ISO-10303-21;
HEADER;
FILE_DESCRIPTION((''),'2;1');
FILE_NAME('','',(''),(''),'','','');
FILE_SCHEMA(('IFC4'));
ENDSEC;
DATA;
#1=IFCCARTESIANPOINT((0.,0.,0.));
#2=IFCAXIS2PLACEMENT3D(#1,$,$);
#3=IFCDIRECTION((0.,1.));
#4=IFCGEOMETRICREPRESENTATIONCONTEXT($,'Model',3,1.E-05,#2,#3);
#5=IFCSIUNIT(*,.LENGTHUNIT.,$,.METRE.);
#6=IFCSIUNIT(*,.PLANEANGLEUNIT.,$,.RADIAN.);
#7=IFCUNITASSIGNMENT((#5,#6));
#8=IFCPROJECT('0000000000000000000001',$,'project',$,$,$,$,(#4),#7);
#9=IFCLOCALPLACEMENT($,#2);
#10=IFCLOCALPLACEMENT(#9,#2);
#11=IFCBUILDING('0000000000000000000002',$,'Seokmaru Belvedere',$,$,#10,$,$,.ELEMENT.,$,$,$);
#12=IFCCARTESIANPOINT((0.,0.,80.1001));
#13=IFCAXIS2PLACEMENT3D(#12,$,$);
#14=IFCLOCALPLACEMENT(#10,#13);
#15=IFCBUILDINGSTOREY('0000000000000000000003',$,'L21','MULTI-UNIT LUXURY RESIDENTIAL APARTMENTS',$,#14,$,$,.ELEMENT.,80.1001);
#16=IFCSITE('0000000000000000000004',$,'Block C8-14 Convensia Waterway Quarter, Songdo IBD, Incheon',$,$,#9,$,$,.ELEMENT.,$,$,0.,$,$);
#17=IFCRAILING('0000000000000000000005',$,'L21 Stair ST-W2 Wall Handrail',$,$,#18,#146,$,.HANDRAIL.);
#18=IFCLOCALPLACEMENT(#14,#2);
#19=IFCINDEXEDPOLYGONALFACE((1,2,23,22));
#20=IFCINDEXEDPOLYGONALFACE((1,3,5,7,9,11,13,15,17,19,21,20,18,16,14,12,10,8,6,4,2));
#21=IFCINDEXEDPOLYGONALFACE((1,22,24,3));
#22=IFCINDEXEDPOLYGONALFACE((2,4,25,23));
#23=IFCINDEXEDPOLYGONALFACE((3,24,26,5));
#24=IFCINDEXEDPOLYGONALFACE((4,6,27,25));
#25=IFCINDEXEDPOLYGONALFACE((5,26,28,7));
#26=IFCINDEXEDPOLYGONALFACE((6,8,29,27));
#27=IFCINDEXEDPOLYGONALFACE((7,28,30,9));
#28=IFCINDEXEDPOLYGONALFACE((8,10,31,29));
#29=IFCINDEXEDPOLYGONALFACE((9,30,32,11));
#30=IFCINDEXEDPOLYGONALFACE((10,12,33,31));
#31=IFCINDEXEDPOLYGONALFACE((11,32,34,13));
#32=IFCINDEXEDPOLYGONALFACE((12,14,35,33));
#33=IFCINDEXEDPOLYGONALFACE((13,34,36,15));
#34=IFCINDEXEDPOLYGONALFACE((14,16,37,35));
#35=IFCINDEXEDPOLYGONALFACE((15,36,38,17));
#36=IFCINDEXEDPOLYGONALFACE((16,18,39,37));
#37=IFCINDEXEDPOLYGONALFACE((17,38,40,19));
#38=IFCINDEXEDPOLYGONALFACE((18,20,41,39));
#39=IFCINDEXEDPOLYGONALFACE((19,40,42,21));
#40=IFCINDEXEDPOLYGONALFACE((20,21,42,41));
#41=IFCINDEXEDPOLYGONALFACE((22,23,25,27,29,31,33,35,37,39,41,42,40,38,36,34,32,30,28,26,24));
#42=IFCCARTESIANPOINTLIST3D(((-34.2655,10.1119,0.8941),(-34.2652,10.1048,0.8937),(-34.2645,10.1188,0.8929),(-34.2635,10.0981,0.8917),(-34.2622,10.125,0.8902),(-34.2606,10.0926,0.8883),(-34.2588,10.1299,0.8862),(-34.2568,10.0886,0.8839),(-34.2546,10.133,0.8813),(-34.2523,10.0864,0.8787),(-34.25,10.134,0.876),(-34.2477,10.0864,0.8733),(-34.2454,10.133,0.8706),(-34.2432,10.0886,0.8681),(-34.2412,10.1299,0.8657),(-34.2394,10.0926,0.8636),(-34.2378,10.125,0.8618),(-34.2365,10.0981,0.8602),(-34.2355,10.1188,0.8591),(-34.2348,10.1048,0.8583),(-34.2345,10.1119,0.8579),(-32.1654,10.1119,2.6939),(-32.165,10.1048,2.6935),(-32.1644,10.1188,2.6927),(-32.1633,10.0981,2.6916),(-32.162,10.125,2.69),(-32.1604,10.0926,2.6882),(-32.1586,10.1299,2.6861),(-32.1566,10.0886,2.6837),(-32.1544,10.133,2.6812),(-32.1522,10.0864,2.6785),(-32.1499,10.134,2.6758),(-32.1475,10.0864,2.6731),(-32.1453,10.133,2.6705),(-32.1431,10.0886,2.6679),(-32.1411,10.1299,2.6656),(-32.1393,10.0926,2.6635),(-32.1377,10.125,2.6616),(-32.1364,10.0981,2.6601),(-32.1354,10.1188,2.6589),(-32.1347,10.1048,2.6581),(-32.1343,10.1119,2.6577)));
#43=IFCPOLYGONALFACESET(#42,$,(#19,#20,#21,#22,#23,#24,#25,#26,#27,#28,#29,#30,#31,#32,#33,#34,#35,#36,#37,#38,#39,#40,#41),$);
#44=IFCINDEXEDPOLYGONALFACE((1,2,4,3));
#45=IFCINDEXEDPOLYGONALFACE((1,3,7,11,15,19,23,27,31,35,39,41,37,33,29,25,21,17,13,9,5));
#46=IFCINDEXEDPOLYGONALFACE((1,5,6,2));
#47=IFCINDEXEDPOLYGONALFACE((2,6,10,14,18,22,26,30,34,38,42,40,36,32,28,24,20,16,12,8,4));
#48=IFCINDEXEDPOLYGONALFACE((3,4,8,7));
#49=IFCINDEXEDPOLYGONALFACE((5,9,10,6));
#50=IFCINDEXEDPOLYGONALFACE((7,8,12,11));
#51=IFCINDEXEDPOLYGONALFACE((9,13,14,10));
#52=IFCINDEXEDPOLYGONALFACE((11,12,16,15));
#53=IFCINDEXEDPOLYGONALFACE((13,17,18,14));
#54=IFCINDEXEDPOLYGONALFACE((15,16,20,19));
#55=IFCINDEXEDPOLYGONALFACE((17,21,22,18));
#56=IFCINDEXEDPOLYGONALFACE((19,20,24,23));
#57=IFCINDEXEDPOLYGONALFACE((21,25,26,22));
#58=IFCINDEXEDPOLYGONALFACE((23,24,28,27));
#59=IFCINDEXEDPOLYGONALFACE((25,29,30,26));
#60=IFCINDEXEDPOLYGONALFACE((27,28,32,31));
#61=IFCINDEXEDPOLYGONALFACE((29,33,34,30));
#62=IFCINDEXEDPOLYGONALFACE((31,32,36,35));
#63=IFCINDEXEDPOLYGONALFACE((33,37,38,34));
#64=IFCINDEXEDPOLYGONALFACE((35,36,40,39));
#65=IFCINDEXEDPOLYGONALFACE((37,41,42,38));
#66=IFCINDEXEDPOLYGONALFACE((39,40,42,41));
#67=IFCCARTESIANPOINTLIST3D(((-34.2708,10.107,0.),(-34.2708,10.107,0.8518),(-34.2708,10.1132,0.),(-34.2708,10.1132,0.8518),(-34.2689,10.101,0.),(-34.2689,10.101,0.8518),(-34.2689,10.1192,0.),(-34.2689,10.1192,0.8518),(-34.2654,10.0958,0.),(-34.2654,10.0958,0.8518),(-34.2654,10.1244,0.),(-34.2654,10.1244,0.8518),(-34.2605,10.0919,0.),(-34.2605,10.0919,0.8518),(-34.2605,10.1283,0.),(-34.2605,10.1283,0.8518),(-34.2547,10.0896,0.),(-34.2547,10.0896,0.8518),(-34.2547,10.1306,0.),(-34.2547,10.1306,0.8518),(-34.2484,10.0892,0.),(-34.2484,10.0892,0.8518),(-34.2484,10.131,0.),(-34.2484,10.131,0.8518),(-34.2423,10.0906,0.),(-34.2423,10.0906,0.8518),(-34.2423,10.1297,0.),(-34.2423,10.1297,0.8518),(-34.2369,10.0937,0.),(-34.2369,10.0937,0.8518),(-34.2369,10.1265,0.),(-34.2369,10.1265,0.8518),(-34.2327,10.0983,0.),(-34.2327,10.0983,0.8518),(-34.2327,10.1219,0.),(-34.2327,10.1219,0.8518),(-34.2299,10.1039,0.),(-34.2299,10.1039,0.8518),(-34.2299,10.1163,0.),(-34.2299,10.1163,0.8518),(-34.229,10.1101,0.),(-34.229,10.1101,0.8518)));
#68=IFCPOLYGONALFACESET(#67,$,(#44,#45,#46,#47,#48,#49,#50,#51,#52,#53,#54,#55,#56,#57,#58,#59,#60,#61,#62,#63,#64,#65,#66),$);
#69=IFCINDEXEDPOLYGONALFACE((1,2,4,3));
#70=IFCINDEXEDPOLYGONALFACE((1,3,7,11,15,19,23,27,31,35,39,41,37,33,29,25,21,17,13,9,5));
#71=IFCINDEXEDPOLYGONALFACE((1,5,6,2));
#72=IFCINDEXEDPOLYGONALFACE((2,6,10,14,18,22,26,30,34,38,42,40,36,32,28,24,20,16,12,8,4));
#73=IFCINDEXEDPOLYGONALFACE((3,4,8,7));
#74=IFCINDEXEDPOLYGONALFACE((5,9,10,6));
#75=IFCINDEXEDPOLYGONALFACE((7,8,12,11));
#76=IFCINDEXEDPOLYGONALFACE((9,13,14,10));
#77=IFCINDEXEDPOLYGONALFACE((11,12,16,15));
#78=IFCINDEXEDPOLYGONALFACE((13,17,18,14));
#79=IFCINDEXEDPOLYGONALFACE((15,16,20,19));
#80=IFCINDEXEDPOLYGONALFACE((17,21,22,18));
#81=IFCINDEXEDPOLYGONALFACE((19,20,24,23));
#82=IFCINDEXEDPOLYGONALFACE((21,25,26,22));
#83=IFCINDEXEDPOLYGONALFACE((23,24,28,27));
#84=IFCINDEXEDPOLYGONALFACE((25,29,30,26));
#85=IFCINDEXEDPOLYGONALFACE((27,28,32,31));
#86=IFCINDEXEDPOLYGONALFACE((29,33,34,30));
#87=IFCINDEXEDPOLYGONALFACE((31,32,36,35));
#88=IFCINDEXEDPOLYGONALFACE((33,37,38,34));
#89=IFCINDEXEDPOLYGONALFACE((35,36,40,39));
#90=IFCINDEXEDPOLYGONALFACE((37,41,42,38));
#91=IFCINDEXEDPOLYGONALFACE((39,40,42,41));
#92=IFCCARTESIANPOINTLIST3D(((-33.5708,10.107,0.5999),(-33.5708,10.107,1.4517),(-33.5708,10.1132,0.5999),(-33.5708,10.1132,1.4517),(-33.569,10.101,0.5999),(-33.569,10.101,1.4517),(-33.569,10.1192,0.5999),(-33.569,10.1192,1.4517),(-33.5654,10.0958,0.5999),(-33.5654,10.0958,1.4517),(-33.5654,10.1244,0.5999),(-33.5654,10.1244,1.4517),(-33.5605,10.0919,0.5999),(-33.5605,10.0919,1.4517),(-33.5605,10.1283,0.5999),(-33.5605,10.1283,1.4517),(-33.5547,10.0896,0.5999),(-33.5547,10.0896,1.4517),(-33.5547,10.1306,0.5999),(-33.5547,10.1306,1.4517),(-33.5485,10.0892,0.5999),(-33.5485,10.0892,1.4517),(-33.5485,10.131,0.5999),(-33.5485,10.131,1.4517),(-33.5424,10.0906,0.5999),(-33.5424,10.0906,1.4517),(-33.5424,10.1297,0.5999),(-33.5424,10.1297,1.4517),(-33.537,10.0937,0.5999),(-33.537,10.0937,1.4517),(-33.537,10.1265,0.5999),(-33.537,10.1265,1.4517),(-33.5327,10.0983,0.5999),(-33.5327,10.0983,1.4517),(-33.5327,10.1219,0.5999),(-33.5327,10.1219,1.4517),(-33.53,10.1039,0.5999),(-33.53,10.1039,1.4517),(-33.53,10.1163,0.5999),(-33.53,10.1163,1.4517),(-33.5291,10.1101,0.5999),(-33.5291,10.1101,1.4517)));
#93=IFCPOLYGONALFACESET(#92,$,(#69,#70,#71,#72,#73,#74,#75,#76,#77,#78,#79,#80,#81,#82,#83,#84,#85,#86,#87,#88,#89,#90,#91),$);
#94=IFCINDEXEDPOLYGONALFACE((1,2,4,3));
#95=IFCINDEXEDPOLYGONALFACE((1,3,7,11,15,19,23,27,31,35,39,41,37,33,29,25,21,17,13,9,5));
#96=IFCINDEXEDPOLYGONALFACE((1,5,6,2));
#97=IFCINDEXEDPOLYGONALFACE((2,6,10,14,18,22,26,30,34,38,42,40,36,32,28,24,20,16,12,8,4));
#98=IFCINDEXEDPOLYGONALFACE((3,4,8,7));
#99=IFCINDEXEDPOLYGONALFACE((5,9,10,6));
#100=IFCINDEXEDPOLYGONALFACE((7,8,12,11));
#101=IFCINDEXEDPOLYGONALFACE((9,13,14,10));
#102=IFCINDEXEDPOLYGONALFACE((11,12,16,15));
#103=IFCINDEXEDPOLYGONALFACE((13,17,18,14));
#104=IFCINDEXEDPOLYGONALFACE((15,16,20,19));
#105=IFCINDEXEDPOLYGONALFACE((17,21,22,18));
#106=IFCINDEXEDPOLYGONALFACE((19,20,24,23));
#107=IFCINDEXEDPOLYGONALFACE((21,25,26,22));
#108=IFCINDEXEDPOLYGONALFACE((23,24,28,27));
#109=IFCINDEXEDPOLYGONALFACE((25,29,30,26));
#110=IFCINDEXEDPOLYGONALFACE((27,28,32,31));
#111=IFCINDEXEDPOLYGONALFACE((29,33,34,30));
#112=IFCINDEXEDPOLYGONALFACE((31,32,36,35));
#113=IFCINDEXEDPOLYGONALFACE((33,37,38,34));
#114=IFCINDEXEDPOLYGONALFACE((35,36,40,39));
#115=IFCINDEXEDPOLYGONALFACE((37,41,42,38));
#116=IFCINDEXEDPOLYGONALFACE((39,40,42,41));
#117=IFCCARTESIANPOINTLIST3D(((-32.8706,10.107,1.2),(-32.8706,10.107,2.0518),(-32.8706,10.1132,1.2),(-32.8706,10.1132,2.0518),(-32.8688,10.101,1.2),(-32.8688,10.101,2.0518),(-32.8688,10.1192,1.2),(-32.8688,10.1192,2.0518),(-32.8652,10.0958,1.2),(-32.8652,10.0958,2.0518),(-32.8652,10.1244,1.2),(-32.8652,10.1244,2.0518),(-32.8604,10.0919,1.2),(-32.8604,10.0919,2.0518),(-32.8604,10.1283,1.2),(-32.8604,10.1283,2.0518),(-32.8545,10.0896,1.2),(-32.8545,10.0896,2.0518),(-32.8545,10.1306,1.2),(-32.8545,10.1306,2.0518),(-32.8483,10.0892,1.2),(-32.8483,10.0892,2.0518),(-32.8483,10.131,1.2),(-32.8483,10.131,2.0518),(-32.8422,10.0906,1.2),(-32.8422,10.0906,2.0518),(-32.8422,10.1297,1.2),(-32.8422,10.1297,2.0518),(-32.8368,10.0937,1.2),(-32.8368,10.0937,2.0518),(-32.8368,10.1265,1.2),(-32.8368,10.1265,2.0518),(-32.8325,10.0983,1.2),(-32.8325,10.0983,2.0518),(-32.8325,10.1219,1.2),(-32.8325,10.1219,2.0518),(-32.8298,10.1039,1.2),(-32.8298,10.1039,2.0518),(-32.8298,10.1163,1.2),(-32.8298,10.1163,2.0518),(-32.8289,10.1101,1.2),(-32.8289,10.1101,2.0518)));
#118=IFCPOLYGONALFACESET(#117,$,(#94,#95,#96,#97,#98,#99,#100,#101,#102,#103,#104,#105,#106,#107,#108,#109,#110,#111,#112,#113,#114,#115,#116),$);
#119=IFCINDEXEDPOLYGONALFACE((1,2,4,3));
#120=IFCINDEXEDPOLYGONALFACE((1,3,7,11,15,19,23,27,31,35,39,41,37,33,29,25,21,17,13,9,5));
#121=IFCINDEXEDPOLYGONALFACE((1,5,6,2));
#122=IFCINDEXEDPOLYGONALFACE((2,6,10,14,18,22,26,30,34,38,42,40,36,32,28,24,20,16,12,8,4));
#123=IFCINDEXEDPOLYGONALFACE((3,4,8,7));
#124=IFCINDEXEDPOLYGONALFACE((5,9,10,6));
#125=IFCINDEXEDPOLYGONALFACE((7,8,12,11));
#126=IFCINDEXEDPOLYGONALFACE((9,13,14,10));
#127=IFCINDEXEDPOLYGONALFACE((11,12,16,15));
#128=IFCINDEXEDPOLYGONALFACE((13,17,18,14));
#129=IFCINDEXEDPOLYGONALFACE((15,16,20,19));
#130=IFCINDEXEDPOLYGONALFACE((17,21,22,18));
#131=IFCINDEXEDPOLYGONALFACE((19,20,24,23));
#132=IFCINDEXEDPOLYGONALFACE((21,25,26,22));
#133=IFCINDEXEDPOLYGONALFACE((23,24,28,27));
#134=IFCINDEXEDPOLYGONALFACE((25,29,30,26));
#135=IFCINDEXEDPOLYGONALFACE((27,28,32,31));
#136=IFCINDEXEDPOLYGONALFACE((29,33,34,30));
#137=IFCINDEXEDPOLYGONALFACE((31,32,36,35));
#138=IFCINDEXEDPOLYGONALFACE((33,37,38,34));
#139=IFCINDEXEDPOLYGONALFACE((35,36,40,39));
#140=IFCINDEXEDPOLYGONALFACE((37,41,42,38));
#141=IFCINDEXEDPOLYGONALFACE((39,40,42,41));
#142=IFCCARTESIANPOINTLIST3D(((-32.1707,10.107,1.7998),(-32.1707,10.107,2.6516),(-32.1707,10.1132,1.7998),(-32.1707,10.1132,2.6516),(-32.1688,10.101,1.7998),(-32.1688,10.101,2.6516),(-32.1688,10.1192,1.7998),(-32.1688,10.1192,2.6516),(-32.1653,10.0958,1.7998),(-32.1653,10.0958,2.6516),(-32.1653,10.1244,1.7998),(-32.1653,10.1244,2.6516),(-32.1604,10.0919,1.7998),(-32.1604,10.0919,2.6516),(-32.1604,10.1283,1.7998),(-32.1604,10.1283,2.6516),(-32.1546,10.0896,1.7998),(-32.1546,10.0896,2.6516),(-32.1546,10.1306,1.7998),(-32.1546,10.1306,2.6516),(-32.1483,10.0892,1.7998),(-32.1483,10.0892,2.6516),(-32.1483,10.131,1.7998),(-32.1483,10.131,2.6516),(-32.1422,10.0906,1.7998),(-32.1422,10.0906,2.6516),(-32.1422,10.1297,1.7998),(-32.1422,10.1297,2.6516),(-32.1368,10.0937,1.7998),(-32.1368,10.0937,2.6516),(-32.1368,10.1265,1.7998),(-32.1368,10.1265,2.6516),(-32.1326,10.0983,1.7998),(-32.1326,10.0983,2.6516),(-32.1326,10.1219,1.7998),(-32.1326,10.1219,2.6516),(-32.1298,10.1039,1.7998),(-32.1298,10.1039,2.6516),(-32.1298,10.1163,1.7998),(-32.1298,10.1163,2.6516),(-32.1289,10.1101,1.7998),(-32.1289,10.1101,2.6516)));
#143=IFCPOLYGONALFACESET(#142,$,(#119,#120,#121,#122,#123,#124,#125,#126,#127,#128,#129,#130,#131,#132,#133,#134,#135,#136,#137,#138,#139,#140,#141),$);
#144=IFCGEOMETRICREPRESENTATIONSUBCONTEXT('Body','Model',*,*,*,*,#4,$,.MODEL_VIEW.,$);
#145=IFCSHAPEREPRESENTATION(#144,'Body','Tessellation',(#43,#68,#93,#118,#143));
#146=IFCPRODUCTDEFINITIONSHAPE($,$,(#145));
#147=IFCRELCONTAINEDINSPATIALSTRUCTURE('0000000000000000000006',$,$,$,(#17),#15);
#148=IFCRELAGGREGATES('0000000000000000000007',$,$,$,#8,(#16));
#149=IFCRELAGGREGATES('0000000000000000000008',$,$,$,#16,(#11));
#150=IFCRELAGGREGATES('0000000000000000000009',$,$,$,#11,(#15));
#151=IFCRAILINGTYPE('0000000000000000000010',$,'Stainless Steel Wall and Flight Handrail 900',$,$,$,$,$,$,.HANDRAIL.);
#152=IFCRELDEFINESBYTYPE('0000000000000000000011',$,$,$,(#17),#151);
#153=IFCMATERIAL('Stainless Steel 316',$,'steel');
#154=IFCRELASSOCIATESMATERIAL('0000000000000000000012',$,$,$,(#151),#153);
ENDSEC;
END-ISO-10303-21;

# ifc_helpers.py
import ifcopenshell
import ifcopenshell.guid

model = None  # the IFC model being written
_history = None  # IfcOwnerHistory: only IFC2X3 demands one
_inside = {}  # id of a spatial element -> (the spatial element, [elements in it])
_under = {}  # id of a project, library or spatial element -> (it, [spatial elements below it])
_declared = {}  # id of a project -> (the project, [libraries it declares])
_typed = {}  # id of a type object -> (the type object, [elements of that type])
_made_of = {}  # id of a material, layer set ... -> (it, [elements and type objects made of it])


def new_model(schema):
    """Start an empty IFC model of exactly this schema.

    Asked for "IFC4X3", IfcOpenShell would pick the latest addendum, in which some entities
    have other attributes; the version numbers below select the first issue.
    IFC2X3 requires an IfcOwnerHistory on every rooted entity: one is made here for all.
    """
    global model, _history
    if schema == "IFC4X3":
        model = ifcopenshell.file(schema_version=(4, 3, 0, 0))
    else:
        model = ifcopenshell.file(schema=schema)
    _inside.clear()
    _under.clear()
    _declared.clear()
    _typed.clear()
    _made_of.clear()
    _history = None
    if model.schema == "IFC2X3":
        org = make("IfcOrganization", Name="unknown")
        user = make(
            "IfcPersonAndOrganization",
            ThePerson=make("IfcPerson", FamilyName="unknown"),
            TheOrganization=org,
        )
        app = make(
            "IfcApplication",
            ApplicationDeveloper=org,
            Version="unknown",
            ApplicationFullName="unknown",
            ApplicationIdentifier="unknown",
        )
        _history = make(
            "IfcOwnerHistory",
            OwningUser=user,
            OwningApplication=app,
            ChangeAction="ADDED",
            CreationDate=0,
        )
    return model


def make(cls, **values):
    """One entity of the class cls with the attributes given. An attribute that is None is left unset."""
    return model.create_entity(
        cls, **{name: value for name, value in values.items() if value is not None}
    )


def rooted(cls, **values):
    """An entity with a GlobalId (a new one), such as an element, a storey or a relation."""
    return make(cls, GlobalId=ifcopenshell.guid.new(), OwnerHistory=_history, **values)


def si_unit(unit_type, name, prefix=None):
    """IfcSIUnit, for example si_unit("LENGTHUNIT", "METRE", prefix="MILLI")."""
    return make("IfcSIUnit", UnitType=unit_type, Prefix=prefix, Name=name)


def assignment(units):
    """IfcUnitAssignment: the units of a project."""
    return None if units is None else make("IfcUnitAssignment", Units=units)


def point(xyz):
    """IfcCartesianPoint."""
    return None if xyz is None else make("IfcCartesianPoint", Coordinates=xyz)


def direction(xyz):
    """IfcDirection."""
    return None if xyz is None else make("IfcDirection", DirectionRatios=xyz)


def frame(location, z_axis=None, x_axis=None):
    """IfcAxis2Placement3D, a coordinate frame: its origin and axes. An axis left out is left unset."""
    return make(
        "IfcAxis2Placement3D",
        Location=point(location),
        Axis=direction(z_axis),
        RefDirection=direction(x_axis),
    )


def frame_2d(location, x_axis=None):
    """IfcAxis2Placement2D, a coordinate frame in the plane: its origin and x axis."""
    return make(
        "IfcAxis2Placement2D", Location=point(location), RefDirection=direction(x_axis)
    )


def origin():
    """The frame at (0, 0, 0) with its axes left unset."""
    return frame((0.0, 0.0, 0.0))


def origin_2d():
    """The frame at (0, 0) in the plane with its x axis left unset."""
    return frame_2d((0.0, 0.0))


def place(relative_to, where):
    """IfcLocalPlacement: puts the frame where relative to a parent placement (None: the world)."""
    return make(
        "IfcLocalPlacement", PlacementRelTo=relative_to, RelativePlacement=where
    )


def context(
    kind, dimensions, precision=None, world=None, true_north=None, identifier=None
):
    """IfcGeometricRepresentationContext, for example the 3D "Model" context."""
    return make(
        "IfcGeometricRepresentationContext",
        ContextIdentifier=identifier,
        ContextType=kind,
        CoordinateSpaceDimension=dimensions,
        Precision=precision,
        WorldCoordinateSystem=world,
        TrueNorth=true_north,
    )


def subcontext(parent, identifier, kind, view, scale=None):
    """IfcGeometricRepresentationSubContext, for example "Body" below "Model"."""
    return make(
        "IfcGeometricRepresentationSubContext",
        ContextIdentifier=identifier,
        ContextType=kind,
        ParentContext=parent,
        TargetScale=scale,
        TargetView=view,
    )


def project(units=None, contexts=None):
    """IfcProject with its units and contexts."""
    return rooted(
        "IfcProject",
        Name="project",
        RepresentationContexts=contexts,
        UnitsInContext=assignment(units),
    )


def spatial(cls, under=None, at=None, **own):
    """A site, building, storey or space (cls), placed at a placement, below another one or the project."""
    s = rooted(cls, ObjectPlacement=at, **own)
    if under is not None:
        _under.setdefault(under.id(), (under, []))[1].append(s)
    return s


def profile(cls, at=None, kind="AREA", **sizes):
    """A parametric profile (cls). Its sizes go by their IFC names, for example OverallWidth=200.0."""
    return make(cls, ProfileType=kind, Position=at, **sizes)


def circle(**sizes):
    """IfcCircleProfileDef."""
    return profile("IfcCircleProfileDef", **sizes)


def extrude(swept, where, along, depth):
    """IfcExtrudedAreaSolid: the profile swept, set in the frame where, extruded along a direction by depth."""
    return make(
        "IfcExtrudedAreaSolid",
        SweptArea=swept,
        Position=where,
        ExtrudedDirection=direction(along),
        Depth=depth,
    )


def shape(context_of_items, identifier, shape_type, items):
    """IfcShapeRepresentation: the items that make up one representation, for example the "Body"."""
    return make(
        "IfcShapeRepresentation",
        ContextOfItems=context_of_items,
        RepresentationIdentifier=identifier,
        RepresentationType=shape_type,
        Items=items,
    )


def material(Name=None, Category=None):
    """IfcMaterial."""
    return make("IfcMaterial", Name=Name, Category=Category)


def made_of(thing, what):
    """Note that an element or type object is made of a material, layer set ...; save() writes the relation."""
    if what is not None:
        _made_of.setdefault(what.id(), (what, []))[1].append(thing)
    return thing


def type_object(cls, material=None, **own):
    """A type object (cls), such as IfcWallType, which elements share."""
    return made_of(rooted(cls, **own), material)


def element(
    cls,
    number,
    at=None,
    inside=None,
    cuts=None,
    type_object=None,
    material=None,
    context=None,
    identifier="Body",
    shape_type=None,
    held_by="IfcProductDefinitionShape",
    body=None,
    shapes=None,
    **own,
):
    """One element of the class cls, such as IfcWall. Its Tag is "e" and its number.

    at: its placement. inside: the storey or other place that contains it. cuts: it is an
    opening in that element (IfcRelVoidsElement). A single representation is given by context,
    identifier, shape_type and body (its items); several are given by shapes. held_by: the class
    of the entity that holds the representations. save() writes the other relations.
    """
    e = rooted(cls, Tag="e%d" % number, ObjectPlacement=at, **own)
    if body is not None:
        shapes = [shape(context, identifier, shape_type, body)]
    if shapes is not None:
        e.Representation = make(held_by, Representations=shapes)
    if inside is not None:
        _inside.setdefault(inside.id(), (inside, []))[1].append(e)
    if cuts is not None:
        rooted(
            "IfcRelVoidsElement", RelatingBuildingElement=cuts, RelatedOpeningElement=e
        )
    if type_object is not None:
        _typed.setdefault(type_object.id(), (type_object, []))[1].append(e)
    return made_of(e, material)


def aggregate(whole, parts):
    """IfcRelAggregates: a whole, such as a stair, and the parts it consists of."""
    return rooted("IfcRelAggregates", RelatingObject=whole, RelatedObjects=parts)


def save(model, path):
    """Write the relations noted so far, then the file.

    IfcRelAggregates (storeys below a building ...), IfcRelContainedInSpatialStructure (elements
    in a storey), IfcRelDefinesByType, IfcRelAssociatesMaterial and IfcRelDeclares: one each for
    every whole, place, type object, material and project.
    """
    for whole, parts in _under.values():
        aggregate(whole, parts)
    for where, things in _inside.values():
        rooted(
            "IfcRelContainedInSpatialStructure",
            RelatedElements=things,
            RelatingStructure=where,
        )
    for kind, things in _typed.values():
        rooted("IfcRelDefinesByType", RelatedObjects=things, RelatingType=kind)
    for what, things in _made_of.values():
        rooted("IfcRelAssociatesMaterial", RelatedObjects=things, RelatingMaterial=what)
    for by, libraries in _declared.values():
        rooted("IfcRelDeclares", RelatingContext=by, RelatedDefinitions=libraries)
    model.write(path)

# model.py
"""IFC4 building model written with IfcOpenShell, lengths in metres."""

from ifc_helpers import new_model, si_unit, direction, frame, origin, origin_2d, place, context, subcontext, project, spatial, circle, extrude, material, type_object, element, save


model = new_model("IFC4")

# Units and contexts
model_context = context("Model", 3, precision=1e-05, world=origin(), true_north=direction((0.0, 1.0)))
body_context = subcontext(model_context, "Body", "Model", "MODEL_VIEW")
ifc_project = project(units=[si_unit("LENGTHUNIT", "METRE"), si_unit("PLANEANGLEUNIT", "RADIAN")], contexts=[model_context])

# Site, building, storey
site_placement = place(None, origin())
site = spatial("IfcSite", under=ifc_project, at=site_placement, Name="Block C8-14 Convensia Waterway Quarter, Songdo IBD, Incheon", CompositionType="ELEMENT", RefElevation=0.0)
building_placement = place(site_placement, origin())
building = spatial("IfcBuilding", under=site, at=building_placement, Name="Seokmaru Belvedere", CompositionType="ELEMENT")
storey_placement = place(building_placement, frame((0.0, 0.0, 80.1001)))
storey = spatial("IfcBuildingStorey", under=building, at=storey_placement, Name="L21", Description="MULTI-UNIT LUXURY RESIDENTIAL APARTMENTS", CompositionType="ELEMENT", Elevation=80.1001)

# Railing
ifc_material_1 = material(Name="Stainless Steel 316", Category="steel")
railing_type_1 = type_object("IfcRailingType", Name="Stainless Steel Wall and Flight Handrail 900", PredefinedType="HANDRAIL", material=ifc_material_1)
railing_1_placement = place(storey_placement, frame((-34.25, 10.1101, 0.0)))
element("IfcRailing", 1, at=railing_1_placement, inside=storey, type_object=railing_type_1, Name="L21 Stair ST-W2 Wall Handrail", PredefinedType="HANDRAIL", context=body_context, shape_type="SweptSolid", body=[
    extrude(circle(Radius=0.0239, at=origin_2d()), frame((0.0, 0.0, 0.876), z_axis=(0.759306, 0.0, 0.650733), x_axis=(0.0, 1.0, 0.0)), (0.0, 0.0, 1.0), 2.7659),
    extrude(circle(Radius=0.021, at=origin_2d()), origin(), (0.0, 0.0, 1.0), 0.8518),
    extrude(circle(Radius=0.021, at=origin_2d()), frame((0.7, 0.0, 0.5999)), (0.0, 0.0, 1.0), 0.8518),
    extrude(circle(Radius=0.021, at=origin_2d()), frame((1.4001, 0.0, 1.2)), (0.0, 0.0, 1.0), 0.8518),
    extrude(circle(Radius=0.021, at=origin_2d()), frame((2.1001, 0.0, 1.7998)), (0.0, 0.0, 1.0), 0.8518),
])

save(model, "model.ifc")
